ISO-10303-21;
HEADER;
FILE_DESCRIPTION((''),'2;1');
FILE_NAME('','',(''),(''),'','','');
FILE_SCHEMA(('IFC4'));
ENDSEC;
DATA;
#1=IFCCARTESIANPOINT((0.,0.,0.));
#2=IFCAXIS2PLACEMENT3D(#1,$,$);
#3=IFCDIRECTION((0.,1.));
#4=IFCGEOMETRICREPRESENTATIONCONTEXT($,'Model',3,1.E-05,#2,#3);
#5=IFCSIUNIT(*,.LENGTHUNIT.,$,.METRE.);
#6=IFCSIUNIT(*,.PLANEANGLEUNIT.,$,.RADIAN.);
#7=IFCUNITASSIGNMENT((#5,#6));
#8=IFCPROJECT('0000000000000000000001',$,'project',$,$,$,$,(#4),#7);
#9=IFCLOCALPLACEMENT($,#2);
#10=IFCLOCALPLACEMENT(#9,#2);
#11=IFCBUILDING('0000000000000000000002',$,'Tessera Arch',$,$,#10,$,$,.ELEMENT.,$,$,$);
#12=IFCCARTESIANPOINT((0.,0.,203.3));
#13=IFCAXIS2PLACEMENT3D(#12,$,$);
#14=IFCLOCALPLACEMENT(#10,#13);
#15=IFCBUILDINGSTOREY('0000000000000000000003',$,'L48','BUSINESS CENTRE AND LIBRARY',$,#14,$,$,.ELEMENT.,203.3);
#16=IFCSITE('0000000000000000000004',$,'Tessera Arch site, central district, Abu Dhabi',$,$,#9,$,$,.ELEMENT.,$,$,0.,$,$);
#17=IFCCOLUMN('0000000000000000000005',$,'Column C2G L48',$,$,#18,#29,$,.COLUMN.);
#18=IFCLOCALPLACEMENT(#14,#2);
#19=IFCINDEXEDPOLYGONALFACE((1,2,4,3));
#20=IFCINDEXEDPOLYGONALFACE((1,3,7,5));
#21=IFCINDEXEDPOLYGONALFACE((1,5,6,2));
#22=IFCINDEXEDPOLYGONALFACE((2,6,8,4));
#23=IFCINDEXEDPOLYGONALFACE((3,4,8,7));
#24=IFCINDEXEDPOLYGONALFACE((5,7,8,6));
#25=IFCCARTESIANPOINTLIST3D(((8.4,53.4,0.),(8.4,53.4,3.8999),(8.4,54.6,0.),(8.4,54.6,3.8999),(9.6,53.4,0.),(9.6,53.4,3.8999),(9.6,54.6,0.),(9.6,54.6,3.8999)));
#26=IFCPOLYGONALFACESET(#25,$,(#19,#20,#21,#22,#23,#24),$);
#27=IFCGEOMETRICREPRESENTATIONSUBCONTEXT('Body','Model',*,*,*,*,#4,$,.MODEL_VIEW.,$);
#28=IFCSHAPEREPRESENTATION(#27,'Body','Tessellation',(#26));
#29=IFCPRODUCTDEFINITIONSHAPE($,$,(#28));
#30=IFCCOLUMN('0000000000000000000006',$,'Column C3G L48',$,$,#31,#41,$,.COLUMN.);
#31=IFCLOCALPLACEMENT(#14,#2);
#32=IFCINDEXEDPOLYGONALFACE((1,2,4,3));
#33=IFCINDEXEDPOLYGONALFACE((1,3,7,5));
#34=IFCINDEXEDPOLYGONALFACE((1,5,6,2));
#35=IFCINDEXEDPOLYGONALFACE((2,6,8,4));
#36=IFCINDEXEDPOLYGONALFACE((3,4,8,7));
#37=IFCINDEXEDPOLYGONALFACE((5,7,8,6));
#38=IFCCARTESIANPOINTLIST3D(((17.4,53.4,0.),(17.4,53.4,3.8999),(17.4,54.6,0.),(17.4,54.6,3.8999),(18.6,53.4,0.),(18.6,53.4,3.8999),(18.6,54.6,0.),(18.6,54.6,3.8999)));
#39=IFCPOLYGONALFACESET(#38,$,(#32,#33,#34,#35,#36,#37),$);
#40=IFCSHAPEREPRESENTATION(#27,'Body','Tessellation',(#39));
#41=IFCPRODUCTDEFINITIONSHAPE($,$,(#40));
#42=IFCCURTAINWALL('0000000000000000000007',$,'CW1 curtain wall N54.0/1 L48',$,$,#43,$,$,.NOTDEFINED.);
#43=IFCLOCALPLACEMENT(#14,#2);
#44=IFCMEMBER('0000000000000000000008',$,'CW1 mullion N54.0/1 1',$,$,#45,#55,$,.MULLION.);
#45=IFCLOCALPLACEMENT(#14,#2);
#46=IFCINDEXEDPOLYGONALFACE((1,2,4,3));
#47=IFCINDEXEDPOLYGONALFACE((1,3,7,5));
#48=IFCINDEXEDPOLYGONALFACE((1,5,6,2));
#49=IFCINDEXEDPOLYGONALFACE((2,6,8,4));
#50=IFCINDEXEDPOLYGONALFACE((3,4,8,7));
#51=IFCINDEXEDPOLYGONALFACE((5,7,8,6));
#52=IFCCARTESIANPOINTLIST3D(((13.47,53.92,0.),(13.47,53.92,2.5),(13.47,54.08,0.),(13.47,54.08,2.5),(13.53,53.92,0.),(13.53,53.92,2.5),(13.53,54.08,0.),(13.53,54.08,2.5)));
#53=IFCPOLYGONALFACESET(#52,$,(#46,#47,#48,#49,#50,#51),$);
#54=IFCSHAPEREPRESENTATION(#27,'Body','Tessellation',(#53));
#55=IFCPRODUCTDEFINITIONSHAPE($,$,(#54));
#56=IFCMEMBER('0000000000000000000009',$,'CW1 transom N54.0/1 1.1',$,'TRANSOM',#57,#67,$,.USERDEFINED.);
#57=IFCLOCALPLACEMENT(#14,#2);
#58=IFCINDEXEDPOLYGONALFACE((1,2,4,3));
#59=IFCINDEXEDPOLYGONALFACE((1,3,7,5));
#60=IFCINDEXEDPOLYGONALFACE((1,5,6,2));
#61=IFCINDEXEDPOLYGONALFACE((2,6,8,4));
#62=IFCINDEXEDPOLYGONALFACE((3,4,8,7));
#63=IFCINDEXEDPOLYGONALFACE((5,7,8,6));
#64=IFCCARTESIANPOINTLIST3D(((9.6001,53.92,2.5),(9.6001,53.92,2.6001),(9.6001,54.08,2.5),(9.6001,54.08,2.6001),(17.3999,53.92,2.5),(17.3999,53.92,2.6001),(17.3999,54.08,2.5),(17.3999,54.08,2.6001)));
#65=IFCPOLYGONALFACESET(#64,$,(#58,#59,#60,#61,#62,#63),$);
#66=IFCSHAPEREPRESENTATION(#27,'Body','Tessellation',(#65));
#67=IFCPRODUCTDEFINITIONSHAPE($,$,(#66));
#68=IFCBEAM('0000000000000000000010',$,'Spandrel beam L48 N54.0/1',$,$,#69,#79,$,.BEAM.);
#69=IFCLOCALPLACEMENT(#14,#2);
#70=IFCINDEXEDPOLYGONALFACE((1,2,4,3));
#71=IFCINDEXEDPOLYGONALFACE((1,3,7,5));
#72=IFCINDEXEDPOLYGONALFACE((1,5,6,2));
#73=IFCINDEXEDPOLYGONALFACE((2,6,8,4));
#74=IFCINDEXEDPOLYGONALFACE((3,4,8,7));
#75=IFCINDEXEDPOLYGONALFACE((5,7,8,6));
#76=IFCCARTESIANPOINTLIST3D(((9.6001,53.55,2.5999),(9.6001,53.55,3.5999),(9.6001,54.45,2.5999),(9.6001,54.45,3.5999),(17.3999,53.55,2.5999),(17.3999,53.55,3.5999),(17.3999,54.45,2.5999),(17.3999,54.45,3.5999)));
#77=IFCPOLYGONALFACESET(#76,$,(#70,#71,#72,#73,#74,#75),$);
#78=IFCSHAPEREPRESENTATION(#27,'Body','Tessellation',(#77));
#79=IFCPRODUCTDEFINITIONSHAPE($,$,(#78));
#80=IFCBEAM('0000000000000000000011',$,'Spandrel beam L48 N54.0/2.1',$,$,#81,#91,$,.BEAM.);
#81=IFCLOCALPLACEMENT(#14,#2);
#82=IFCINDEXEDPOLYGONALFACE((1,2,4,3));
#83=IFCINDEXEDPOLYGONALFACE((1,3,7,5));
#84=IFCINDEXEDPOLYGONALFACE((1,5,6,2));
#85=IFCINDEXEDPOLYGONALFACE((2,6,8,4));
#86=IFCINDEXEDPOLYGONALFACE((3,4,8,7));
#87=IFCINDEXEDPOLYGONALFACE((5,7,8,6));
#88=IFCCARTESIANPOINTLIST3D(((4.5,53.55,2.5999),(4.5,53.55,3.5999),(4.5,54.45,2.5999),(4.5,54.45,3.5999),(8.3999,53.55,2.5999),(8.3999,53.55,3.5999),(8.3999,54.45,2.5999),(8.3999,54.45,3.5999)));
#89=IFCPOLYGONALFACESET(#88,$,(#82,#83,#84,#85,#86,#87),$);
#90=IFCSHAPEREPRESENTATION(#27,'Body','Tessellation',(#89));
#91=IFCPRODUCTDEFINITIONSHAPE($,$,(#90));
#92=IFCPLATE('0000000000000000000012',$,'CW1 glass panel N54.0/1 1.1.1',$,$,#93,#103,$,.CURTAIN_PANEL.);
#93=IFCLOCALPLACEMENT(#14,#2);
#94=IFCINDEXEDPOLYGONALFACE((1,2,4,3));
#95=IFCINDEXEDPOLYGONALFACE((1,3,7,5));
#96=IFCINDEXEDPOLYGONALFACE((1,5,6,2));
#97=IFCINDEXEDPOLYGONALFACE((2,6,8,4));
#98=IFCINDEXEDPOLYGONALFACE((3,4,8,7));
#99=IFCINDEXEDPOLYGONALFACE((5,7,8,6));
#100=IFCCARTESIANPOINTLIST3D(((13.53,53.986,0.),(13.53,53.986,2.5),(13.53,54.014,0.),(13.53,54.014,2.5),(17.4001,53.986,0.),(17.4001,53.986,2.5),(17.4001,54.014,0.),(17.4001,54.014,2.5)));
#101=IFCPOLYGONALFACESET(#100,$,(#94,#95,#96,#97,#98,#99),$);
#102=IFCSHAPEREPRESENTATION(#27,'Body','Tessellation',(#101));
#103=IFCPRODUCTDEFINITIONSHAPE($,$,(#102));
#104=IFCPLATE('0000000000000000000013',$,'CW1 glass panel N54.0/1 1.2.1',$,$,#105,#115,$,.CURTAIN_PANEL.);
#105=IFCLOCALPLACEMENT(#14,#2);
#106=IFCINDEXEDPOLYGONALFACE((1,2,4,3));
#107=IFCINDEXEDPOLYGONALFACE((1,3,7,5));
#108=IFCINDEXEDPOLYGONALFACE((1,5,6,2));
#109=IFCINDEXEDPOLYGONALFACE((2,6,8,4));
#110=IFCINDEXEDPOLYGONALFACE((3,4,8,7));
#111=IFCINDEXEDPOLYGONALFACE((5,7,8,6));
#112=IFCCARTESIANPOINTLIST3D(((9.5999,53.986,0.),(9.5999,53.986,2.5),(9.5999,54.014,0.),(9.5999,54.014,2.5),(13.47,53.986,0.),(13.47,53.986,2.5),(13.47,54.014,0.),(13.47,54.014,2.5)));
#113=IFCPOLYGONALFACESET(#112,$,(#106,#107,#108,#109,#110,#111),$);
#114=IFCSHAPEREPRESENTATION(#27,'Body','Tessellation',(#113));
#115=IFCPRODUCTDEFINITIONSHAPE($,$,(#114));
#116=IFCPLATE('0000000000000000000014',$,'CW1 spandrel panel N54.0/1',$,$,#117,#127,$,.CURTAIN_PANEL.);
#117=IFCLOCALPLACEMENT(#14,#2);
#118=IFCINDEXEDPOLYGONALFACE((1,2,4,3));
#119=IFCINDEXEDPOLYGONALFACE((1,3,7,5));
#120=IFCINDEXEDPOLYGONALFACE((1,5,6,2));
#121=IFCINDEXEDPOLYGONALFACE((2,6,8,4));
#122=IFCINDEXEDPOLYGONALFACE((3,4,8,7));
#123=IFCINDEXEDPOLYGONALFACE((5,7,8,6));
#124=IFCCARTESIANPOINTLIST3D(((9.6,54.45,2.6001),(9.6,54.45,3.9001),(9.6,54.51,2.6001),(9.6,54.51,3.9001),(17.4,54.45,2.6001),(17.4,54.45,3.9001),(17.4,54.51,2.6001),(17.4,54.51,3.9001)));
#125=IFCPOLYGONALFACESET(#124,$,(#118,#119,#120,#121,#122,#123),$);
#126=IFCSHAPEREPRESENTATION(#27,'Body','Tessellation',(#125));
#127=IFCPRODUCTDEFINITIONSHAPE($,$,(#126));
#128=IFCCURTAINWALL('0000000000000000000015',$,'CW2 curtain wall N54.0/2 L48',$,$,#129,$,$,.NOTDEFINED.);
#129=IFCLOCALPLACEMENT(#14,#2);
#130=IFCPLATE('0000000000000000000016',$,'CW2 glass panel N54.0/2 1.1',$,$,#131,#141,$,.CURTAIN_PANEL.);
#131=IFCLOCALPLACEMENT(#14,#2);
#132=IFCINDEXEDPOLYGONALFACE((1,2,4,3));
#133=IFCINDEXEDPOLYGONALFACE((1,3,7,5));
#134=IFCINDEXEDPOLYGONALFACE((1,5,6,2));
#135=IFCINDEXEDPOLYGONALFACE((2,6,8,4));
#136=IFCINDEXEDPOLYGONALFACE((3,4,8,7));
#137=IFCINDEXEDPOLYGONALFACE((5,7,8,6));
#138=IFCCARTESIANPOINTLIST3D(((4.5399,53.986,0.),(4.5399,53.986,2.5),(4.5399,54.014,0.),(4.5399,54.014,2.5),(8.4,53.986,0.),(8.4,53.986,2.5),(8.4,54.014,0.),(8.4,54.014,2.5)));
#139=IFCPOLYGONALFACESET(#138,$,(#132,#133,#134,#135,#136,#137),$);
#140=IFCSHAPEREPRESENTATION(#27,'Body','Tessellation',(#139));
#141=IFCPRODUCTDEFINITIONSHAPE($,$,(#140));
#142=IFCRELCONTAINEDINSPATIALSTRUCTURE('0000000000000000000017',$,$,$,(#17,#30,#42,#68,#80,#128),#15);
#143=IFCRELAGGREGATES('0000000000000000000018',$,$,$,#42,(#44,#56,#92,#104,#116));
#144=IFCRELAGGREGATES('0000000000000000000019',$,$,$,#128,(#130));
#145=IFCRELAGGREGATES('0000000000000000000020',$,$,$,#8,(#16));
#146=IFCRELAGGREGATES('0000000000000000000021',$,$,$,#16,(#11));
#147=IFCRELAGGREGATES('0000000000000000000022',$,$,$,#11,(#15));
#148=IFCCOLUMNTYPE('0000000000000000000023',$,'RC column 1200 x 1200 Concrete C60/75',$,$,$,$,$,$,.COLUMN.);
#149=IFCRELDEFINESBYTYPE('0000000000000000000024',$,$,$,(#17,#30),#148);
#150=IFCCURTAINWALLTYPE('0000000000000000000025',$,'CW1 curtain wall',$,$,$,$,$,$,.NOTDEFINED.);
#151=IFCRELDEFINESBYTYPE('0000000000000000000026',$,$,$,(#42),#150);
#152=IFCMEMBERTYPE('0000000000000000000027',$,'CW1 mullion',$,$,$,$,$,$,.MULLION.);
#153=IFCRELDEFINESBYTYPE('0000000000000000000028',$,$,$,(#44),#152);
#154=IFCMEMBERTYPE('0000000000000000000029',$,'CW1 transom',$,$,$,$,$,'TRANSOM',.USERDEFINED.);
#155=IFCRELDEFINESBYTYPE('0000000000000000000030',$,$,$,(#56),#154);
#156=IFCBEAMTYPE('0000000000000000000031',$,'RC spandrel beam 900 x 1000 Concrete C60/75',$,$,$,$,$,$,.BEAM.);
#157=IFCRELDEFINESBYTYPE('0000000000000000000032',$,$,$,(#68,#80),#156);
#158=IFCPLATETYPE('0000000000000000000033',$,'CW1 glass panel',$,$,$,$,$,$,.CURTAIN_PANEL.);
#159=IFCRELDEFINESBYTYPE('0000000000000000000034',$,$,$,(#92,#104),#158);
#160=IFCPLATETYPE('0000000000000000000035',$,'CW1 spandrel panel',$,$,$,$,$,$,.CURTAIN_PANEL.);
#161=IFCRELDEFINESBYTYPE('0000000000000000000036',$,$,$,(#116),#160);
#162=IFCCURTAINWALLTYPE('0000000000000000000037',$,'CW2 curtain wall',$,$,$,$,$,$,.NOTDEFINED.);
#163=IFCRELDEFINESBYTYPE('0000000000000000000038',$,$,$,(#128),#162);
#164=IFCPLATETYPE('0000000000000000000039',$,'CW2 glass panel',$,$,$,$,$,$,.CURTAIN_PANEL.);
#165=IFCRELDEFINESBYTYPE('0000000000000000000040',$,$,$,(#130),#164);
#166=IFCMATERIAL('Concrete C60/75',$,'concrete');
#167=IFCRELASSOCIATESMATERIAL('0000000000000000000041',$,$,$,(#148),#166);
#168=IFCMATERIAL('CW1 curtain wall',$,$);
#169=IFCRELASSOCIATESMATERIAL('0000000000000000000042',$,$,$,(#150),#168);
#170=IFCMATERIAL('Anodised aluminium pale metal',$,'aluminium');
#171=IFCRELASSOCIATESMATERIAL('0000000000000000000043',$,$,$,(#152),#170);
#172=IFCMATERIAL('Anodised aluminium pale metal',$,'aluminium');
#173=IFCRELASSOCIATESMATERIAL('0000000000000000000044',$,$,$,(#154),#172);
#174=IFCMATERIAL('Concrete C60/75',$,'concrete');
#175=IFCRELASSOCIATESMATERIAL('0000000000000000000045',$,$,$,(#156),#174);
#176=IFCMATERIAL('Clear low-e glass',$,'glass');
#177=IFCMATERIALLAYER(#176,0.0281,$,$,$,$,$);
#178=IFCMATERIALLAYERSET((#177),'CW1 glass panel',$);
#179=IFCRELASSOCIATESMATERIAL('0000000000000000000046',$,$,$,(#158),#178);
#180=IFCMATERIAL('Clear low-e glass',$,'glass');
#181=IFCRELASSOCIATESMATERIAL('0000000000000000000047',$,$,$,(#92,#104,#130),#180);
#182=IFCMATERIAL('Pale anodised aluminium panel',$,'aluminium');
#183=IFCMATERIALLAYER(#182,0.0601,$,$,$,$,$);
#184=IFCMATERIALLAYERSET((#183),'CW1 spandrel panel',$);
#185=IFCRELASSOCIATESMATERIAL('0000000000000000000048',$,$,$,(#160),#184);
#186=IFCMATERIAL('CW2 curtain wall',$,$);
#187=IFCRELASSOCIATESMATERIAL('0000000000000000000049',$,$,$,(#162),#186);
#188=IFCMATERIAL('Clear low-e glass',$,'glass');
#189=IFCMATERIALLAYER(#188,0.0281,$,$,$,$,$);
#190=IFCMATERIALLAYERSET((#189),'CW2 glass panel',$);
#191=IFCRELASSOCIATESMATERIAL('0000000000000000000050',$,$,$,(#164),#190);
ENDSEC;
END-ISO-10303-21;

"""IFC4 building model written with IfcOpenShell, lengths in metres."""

from ifc_helpers import new_model, si_unit, direction, frame, origin, origin_2d, place, context, subcontext, project, spatial, rectangle, extrude, material, layer, layer_set, material_profile, profile_set, type_object, element, aggregate, save


model = new_model("IFC4")

# Units and contexts
model_context = context("Model", 3, precision=1e-05, world=origin(), true_north=direction((0.0, 1.0)))
body_context = subcontext(model_context, "Body", "Model", "MODEL_VIEW")
ifc_project = project(units=[si_unit("LENGTHUNIT", "METRE"), si_unit("PLANEANGLEUNIT", "RADIAN")], contexts=[model_context])

# Site, building, storey
site_placement = place(None, origin())
site = spatial("IfcSite", under=ifc_project, at=site_placement, Name="Tessera Arch site, central district, Abu Dhabi", CompositionType="ELEMENT", RefElevation=0.0)
building_placement = place(site_placement, origin())
building = spatial("IfcBuilding", under=site, at=building_placement, Name="Tessera Arch", CompositionType="ELEMENT")
storey_placement = place(building_placement, frame((0.0, 0.0, 203.3)))
storey = spatial("IfcBuildingStorey", under=building, at=storey_placement, Name="L48", Description="BUSINESS CENTRE AND LIBRARY", CompositionType="ELEMENT", Elevation=203.3)

# Columns
ifc_material_1 = material(Name="Concrete C60/75", Category="concrete")
ifc_material_profile_1 = material_profile(ifc_material_1, rectangle(XDim=1.2, YDim=1.2, at=origin_2d()), Name="RC column 1200 x 1200 Concrete C60/75")
ifc_profile_set_1 = profile_set([ifc_material_profile_1], Name="Concrete C60/75")
column_type = type_object("IfcColumnType", Name="RC column 1200 x 1200 Concrete C60/75", PredefinedType="COLUMN", material=ifc_profile_set_1)
for number, where, z_axis, x_axis, name in (
    (1, (9.0, 54.0, 0.0), (0.0, 0.0, 1.0), (1.0, 0.0, 0.0), "Column C2G L48"),
    (2, (18.0, 54.0, 0.0), (0.0, 0.0, 1.0), (1.0, 0.0, 0.0), "Column C3G L48"),
):
    element("IfcColumn", number, at=place(storey_placement, frame(where, z_axis=z_axis, x_axis=x_axis)), inside=storey, type_object=column_type, Name=name, PredefinedType="COLUMN", context=body_context, shape_type="SweptSolid", body=[
        extrude(rectangle(XDim=1.2, YDim=1.2, at=origin_2d()), origin(), (0.0, 0.0, 1.0), 3.8999),
    ])

# Curtain wall, members
ifc_material_2 = material(Name="CW1 curtain wall")
curtain_wall_type_1 = type_object("IfcCurtainWallType", Name="CW1 curtain wall", PredefinedType="NOTDEFINED", material=ifc_material_2)
curtain_wall_1_placement = place(storey_placement, origin())
curtain_wall_1 = element("IfcCurtainWall", 3, at=curtain_wall_1_placement, inside=storey, type_object=curtain_wall_type_1, Name="CW1 curtain wall N54.0/1 L48", PredefinedType="NOTDEFINED")
ifc_material_3 = material(Name="Anodised aluminium pale metal", Category="aluminium")
ifc_material_profile_2 = material_profile(ifc_material_3, rectangle(XDim=0.1599, YDim=0.0601, at=origin_2d()), Name="AL 60x160")
ifc_profile_set_2 = profile_set([ifc_material_profile_2], Name="Anodised aluminium pale metal")
member_type_1 = type_object("IfcMemberType", Name="CW1 mullion", PredefinedType="MULLION", material=ifc_profile_set_2)
member_1_placement = place(storey_placement, frame((13.5, 54.0, 0.0), z_axis=(0.0, 0.0, 1.0), x_axis=(0.0, -1.0, 0.0)))
member_1 = element("IfcMember", 4, at=member_1_placement, type_object=member_type_1, Name="CW1 mullion N54.0/1 1", PredefinedType="MULLION", context=body_context, shape_type="SweptSolid", body=[
    extrude(rectangle(XDim=0.1599, YDim=0.0601, at=origin_2d()), origin(), (0.0, 0.0, 1.0), 2.5),
])
ifc_material_4 = material(Name="Anodised aluminium pale metal", Category="aluminium")
ifc_material_profile_3 = material_profile(ifc_material_4, rectangle(XDim=0.1599, YDim=0.1001, at=origin_2d()), Name="AL 160x100")
ifc_profile_set_3 = profile_set([ifc_material_profile_3], Name="Anodised aluminium pale metal")
member_type_2 = type_object("IfcMemberType", Name="CW1 transom", ElementType="TRANSOM", PredefinedType="USERDEFINED", material=ifc_profile_set_3)
member_2_placement = place(storey_placement, frame((17.3999, 54.0, 2.55), z_axis=(-1.0, 0.0, 0.0), x_axis=(0.0, -1.0, 0.0)))
member_2 = element("IfcMember", 5, at=member_2_placement, type_object=member_type_2, Name="CW1 transom N54.0/1 1.1", ObjectType="TRANSOM", PredefinedType="USERDEFINED", context=body_context, shape_type="SweptSolid", body=[
    extrude(rectangle(XDim=0.1599, YDim=0.1001, at=origin_2d()), origin(), (0.0, 0.0, 1.0), 7.7998),
])

# Beams
ifc_material_5 = material(Name="Concrete C60/75", Category="concrete")
ifc_material_profile_4 = material_profile(ifc_material_5, rectangle(XDim=0.8999, YDim=1.0, at=origin_2d()), Name="RC spandrel beam 900 x 1000 Concrete C60/75")
ifc_profile_set_4 = profile_set([ifc_material_profile_4], Name="Concrete C60/75")
beam_type = type_object("IfcBeamType", Name="RC spandrel beam 900 x 1000 Concrete C60/75", PredefinedType="BEAM", material=ifc_profile_set_4)
beam_1_placement = place(storey_placement, frame((17.3999, 54.0, 3.0999), z_axis=(-1.0, 0.0, 0.0), x_axis=(0.0, -1.0, 0.0)))
element("IfcBeam", 6, at=beam_1_placement, inside=storey, type_object=beam_type, Name="Spandrel beam L48 N54.0/1", PredefinedType="BEAM", context=body_context, shape_type="SweptSolid", body=[
    extrude(rectangle(XDim=0.8999, YDim=1.0, at=origin_2d()), origin(), (0.0, 0.0, 1.0), 7.7998),
])
beam_2_placement = place(storey_placement, frame((8.3999, 54.0, 3.0999), z_axis=(-1.0, 0.0, 0.0), x_axis=(0.0, -1.0, 0.0)))
element("IfcBeam", 7, at=beam_2_placement, inside=storey, type_object=beam_type, Name="Spandrel beam L48 N54.0/2.1", PredefinedType="BEAM", context=body_context, shape_type="SweptSolid", body=[
    extrude(rectangle(XDim=0.8999, YDim=1.0, at=origin_2d()), origin(), (0.0, 0.0, 1.0), 3.8999),
])

# Plates
ifc_material_6 = material(Name="Clear low-e glass", Category="glass")
ifc_material_7 = material(Name="Clear low-e glass", Category="glass")
ifc_layer_1 = layer(ifc_material_7, 0.0281)
ifc_layer_set_1 = layer_set([ifc_layer_1], Name="CW1 glass panel")
plate_type_1 = type_object("IfcPlateType", Name="CW1 glass panel", PredefinedType="CURTAIN_PANEL", material=ifc_layer_set_1)
plate_1_placement = place(storey_placement, frame((15.4651, 54.0, 0.0), z_axis=(0.0, 0.0, 1.0), x_axis=(-1.0, 0.0, 0.0)))
plate_1 = element("IfcPlate", 8, at=plate_1_placement, type_object=plate_type_1, material=ifc_material_6, Name="CW1 glass panel N54.0/1 1.1.1", PredefinedType="CURTAIN_PANEL", context=body_context, shape_type="SweptSolid", body=[
    extrude(rectangle(XDim=3.8701, YDim=0.0281, at=origin_2d()), origin(), (0.0, 0.0, 1.0), 2.5),
])
plate_2_placement = place(storey_placement, frame((11.5349, 54.0, 0.0), z_axis=(0.0, 0.0, 1.0), x_axis=(-1.0, 0.0, 0.0)))
plate_2 = element("IfcPlate", 9, at=plate_2_placement, type_object=plate_type_1, material=ifc_material_6, Name="CW1 glass panel N54.0/1 1.2.1", PredefinedType="CURTAIN_PANEL", context=body_context, shape_type="SweptSolid", body=[
    extrude(rectangle(XDim=3.8701, YDim=0.0281, at=origin_2d()), origin(), (0.0, 0.0, 1.0), 2.5),
])
ifc_material_8 = material(Name="Pale anodised aluminium panel", Category="aluminium")
ifc_layer_2 = layer(ifc_material_8, 0.0601)
ifc_layer_set_2 = layer_set([ifc_layer_2], Name="CW1 spandrel panel")
plate_type_2 = type_object("IfcPlateType", Name="CW1 spandrel panel", PredefinedType="CURTAIN_PANEL", material=ifc_layer_set_2)
plate_3_placement = place(storey_placement, frame((13.5, 54.48, 2.6001), z_axis=(0.0, 0.0, 1.0), x_axis=(-1.0, 0.0, 0.0)))
plate_3 = element("IfcPlate", 10, at=plate_3_placement, type_object=plate_type_2, Name="CW1 spandrel panel N54.0/1", PredefinedType="CURTAIN_PANEL", context=body_context, shape_type="SweptSolid", body=[
    extrude(rectangle(XDim=7.8, YDim=0.0601, at=origin_2d()), origin(), (0.0, 0.0, 1.0), 1.3),
])
aggregate(curtain_wall_1, [member_1, member_2, plate_1, plate_2, plate_3])

# Curtain wall, plate
ifc_material_9 = material(Name="CW2 curtain wall")
curtain_wall_type_2 = type_object("IfcCurtainWallType", Name="CW2 curtain wall", PredefinedType="NOTDEFINED", material=ifc_material_9)
curtain_wall_2_placement = place(storey_placement, origin())
curtain_wall_2 = element("IfcCurtainWall", 11, at=curtain_wall_2_placement, inside=storey, type_object=curtain_wall_type_2, Name="CW2 curtain wall N54.0/2 L48", PredefinedType="NOTDEFINED")
ifc_material_10 = material(Name="Clear low-e glass", Category="glass")
ifc_layer_3 = layer(ifc_material_10, 0.0281)
ifc_layer_set_3 = layer_set([ifc_layer_3], Name="CW2 glass panel")
plate_type_3 = type_object("IfcPlateType", Name="CW2 glass panel", PredefinedType="CURTAIN_PANEL", material=ifc_layer_set_3)
plate_4_placement = place(storey_placement, frame((6.47, 54.0, 0.0), z_axis=(0.0, 0.0, 1.0), x_axis=(-1.0, 0.0, 0.0)))
plate_4 = element("IfcPlate", 12, at=plate_4_placement, type_object=plate_type_3, material=ifc_material_6, Name="CW2 glass panel N54.0/2 1.1", PredefinedType="CURTAIN_PANEL", context=body_context, shape_type="SweptSolid", body=[
    extrude(rectangle(XDim=3.8601, YDim=0.0281, at=origin_2d()), origin(), (0.0, 0.0, 1.0), 2.5),
])
aggregate(curtain_wall_2, [plate_4])

save(model, "model.ifc")
